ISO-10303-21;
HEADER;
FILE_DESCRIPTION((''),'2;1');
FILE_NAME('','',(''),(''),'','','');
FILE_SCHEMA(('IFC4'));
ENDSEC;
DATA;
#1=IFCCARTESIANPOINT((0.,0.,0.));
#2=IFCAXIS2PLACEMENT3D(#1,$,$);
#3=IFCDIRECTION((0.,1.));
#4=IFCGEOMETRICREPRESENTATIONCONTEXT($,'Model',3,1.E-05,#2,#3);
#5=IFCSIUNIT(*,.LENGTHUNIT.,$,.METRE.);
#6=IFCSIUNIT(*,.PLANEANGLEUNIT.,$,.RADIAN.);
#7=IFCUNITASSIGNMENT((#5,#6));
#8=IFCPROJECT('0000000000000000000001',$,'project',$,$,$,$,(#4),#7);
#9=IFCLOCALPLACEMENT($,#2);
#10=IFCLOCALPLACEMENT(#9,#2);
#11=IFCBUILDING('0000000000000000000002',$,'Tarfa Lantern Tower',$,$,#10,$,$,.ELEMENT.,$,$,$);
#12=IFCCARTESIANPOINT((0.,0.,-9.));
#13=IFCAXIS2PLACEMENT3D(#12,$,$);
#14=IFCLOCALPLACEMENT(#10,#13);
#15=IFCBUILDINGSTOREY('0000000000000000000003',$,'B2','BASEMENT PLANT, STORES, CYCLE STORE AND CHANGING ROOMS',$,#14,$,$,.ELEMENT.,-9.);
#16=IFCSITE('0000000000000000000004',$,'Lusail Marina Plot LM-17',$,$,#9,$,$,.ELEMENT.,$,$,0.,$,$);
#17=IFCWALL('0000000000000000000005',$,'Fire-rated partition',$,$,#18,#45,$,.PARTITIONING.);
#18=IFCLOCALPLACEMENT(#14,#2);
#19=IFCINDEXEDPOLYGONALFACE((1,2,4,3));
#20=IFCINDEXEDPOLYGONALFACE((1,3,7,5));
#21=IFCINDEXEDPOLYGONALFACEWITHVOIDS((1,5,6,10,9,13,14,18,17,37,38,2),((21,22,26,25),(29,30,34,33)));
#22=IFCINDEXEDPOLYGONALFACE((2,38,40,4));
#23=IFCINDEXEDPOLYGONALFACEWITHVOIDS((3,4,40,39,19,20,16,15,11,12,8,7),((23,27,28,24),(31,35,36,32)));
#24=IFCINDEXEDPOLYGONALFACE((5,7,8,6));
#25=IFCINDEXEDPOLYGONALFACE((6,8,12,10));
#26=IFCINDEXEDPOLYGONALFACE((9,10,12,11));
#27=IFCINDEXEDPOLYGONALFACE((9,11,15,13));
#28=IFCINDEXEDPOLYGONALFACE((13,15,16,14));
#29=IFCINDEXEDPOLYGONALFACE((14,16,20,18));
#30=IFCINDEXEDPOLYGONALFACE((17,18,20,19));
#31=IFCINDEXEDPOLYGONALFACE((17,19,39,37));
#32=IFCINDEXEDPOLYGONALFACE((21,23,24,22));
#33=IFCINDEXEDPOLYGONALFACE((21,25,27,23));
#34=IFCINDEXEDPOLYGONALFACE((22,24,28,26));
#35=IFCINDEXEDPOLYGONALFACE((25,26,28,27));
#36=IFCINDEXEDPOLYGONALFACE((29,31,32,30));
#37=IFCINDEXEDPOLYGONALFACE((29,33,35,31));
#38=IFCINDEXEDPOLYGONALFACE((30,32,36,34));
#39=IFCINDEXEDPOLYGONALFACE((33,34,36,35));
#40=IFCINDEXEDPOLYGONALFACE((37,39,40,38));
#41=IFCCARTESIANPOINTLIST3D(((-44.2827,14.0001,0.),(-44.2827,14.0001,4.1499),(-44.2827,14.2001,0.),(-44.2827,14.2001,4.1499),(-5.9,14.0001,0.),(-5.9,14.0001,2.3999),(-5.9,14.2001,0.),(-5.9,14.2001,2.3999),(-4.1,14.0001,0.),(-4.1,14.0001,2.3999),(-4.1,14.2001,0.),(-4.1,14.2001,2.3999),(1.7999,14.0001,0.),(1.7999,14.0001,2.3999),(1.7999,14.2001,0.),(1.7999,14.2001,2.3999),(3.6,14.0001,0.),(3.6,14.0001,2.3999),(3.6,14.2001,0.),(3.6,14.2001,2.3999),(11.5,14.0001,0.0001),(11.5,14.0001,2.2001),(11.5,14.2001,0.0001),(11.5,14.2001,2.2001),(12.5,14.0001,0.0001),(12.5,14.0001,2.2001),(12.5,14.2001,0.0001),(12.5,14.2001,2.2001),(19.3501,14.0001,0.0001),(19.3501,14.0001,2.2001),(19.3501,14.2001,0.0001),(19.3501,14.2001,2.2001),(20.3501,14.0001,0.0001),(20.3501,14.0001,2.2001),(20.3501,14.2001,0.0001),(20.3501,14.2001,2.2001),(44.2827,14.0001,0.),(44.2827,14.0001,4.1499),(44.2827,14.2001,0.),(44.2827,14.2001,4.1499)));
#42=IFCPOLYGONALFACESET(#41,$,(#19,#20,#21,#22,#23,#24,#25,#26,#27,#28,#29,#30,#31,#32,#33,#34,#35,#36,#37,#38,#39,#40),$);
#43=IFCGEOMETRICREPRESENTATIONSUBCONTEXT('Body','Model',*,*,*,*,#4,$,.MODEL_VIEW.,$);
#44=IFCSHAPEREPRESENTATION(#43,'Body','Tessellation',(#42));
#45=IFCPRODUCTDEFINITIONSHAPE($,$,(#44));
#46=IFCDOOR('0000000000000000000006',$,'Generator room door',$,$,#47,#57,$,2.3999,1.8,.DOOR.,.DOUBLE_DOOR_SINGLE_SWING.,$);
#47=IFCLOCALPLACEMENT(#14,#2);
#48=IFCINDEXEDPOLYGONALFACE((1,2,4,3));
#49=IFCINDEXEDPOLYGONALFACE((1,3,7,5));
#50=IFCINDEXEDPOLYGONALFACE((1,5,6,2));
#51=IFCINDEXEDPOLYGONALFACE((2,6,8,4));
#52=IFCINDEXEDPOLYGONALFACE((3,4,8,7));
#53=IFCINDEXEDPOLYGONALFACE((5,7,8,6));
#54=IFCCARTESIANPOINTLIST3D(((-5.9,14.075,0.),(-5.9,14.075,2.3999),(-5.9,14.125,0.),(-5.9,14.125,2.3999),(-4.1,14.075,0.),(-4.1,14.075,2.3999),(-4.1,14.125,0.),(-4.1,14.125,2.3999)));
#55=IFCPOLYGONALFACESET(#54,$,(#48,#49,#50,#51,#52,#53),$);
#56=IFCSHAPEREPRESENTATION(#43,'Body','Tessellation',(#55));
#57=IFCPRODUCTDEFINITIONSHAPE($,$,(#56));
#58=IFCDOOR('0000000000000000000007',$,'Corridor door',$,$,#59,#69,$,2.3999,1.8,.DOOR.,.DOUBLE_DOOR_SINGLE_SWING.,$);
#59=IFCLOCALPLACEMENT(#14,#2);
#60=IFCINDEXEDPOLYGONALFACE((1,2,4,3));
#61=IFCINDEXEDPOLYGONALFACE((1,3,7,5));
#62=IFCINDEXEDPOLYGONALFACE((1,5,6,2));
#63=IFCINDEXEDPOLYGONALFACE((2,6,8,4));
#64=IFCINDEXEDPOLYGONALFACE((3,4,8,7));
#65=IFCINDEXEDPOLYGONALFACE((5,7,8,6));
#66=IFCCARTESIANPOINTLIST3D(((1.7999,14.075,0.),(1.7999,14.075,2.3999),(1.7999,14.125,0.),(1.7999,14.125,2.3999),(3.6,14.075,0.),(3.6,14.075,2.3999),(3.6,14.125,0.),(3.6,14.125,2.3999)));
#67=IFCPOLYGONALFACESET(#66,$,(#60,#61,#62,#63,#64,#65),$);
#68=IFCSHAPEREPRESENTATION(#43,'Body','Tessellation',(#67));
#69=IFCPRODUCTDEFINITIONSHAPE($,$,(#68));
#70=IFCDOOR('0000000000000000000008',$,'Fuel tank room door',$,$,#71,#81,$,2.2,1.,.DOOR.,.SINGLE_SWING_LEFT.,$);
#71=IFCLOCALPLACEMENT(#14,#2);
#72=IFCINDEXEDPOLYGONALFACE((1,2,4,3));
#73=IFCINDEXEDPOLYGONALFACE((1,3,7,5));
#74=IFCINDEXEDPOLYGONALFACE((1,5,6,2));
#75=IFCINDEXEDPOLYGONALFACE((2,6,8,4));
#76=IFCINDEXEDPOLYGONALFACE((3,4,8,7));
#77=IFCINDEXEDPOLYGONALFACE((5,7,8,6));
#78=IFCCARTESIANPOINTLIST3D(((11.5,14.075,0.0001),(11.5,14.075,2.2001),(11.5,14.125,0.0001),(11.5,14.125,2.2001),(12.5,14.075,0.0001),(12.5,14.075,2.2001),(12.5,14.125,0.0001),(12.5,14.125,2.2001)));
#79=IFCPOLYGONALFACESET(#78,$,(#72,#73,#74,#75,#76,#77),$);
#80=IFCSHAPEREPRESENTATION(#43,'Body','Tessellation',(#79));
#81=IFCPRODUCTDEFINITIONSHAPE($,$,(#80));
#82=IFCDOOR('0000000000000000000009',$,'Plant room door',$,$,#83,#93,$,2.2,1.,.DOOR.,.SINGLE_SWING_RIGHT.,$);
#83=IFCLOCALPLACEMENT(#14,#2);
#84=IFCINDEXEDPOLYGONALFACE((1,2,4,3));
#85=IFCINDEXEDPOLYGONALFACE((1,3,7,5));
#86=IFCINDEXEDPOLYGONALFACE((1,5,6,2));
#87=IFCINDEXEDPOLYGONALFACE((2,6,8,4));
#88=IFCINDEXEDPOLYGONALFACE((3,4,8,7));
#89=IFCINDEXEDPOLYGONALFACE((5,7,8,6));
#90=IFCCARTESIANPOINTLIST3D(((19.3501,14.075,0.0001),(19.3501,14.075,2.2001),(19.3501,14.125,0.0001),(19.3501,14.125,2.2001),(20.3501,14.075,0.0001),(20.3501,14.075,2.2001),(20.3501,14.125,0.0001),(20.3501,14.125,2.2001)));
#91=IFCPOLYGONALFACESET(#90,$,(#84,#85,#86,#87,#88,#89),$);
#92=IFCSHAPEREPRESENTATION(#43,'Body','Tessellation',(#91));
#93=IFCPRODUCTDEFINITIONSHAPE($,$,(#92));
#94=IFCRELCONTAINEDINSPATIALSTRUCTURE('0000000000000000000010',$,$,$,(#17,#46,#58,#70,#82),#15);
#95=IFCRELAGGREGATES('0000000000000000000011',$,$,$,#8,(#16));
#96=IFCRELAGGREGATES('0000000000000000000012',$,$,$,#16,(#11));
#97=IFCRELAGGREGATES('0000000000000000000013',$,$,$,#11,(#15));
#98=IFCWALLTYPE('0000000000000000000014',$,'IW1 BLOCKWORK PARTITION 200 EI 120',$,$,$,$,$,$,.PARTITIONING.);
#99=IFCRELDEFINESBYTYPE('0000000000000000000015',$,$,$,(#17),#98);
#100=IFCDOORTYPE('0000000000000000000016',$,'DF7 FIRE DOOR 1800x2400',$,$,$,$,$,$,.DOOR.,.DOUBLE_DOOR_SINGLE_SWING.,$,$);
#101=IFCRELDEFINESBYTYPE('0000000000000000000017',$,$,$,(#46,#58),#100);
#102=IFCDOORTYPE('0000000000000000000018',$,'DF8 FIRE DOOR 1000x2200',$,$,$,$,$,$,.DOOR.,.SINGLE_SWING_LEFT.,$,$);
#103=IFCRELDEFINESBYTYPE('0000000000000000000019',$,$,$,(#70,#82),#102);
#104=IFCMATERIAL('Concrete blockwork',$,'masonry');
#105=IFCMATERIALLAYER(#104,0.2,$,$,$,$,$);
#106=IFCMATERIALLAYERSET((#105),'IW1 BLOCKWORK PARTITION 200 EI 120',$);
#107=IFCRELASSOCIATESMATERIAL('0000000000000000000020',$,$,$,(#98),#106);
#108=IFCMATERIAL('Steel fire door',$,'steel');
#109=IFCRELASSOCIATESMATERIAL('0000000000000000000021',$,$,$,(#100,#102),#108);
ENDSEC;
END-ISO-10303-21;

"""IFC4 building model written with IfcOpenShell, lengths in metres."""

from ifc_helpers import new_model, si_unit, direction, frame, frame_2d, origin, place, context, subcontext, project, spatial, rectangle, extrude, material, layer, layer_set, type_object, element, fill, save


model = new_model("IFC4")

# Units and contexts
model_context = context("Model", 3, precision=1e-05, world=origin(), true_north=direction((0.0, 1.0)))
body_context = subcontext(model_context, "Body", "Model", "MODEL_VIEW")
ifc_project = project(units=[si_unit("LENGTHUNIT", "METRE"), si_unit("PLANEANGLEUNIT", "RADIAN")], contexts=[model_context])

# Site, building, storey
site_placement = place(None, origin())
site = spatial("IfcSite", under=ifc_project, at=site_placement, Name="Lusail Marina Plot LM-17", CompositionType="ELEMENT", RefElevation=0.0)
building_placement = place(site_placement, origin())
building = spatial("IfcBuilding", under=site, at=building_placement, Name="Tarfa Lantern Tower", CompositionType="ELEMENT")
storey_placement = place(building_placement, frame((0.0, 0.0, -9.0)))
storey = spatial("IfcBuildingStorey", under=building, at=storey_placement, Name="B2", Description="BASEMENT PLANT, STORES, CYCLE STORE AND CHANGING ROOMS", CompositionType="ELEMENT", Elevation=-9.0)

# Wall, openings, doors
ifc_material_1 = material(Name="Concrete blockwork", Category="masonry")
ifc_layer = layer(ifc_material_1, 0.2)
ifc_layer_set = layer_set([ifc_layer], Name="IW1 BLOCKWORK PARTITION 200 EI 120")
wall_type = type_object("IfcWallType", Name="IW1 BLOCKWORK PARTITION 200 EI 120", PredefinedType="PARTITIONING", material=ifc_layer_set)
wall_placement = place(storey_placement, frame((-44.2827, 14.1001, 0.0), z_axis=(0.0, 0.0, 1.0), x_axis=(1.0, 0.0, 0.0)))
wall = element("IfcWall", 1, at=wall_placement, inside=storey, type_object=wall_type, Name="Fire-rated partition", PredefinedType="PARTITIONING", context=body_context, shape_type="SweptSolid", body=[
    extrude(rectangle(XDim=88.5654, YDim=0.2, at=frame_2d((44.2827, 0.0))), origin(), (0.0, 0.0, 1.0), 4.1499),
])
opening_1_placement = place(wall_placement, frame((38.3828, 0.0, 0.0)))
opening_1 = element("IfcOpeningElement", 2, at=opening_1_placement, cuts=wall, PredefinedType="OPENING", context=body_context, shape_type="SweptSolid", body=[
    extrude(rectangle(XDim=1.8, YDim=2.3999, at=frame_2d((0.8999, 1.2))), frame((0.0, 0.1099, 0.0), z_axis=(0.0, -1.0, 0.0), x_axis=(1.0, 0.0, 0.0)), (0.0, 0.0, 1.0), 0.22),
])
opening_2_placement = place(wall_placement, frame((55.7827, 0.0, 0.0)))
opening_2 = element("IfcOpeningElement", 3, at=opening_2_placement, cuts=wall, PredefinedType="OPENING", context=body_context, shape_type="SweptSolid", body=[
    extrude(rectangle(XDim=1.0, YDim=2.2, at=frame_2d((0.5, 1.1001))), frame((0.0, 0.1099, 0.0), z_axis=(0.0, -1.0, 0.0), x_axis=(1.0, 0.0, 0.0)), (0.0, 0.0, 1.0), 0.22),
])
opening_3_placement = place(wall_placement, frame((46.0828, 0.0, 0.0)))
opening_3 = element("IfcOpeningElement", 4, at=opening_3_placement, cuts=wall, PredefinedType="OPENING", context=body_context, shape_type="SweptSolid", body=[
    extrude(rectangle(XDim=1.8, YDim=2.3999, at=frame_2d((0.8999, 1.2))), frame((0.0, 0.1099, 0.0), z_axis=(0.0, -1.0, 0.0), x_axis=(1.0, 0.0, 0.0)), (0.0, 0.0, 1.0), 0.22),
])
opening_4_placement = place(wall_placement, frame((63.6328, 0.0, 0.0)))
opening_4 = element("IfcOpeningElement", 5, at=opening_4_placement, cuts=wall, PredefinedType="OPENING", context=body_context, shape_type="SweptSolid", body=[
    extrude(rectangle(XDim=1.0, YDim=2.2, at=frame_2d((0.5, 1.1001))), frame((0.0, 0.1099, 0.0), z_axis=(0.0, -1.0, 0.0), x_axis=(1.0, 0.0, 0.0)), (0.0, 0.0, 1.0), 0.22),
])
ifc_material_2 = material(Name="Steel fire door", Category="steel")
door_type_1 = type_object("IfcDoorType", Name="DF7 FIRE DOOR 1800x2400", OperationType="DOUBLE_DOOR_SINGLE_SWING", PredefinedType="DOOR", material=ifc_material_2)
door_1_placement = place(opening_1_placement, origin())
door_1 = element("IfcDoor", 6, at=door_1_placement, inside=storey, type_object=door_type_1, Name="Generator room door", OperationType="DOUBLE_DOOR_SINGLE_SWING", OverallHeight=2.3999, OverallWidth=1.8, PredefinedType="DOOR", context=body_context, shape_type="SweptSolid", body=[
    extrude(rectangle(XDim=1.8, YDim=2.3999, at=frame_2d((0.8999, 1.2))), frame((0.0, 0.0249, 0.0), z_axis=(0.0, -1.0, 0.0), x_axis=(1.0, 0.0, 0.0)), (0.0, 0.0, 1.0), 0.05),
])
fill(opening_1, door_1)
door_2_placement = place(opening_3_placement, origin())
door_2 = element("IfcDoor", 7, at=door_2_placement, inside=storey, type_object=door_type_1, Name="Corridor door", OperationType="DOUBLE_DOOR_SINGLE_SWING", OverallHeight=2.3999, OverallWidth=1.8, PredefinedType="DOOR", context=body_context, shape_type="SweptSolid", body=[
    extrude(rectangle(XDim=1.8, YDim=2.3999, at=frame_2d((0.8999, 1.2))), frame((0.0, 0.0249, 0.0), z_axis=(0.0, -1.0, 0.0), x_axis=(1.0, 0.0, 0.0)), (0.0, 0.0, 1.0), 0.05),
])
fill(opening_3, door_2)
door_type_2 = type_object("IfcDoorType", Name="DF8 FIRE DOOR 1000x2200", OperationType="SINGLE_SWING_LEFT", PredefinedType="DOOR", material=ifc_material_2)
door_3_placement = place(opening_2_placement, origin())
door_3 = element("IfcDoor", 8, at=door_3_placement, inside=storey, type_object=door_type_2, Name="Fuel tank room door", OperationType="SINGLE_SWING_LEFT", OverallHeight=2.2, OverallWidth=1.0, PredefinedType="DOOR", context=body_context, shape_type="SweptSolid", body=[
    extrude(rectangle(XDim=1.0, YDim=2.2, at=frame_2d((0.5, 1.1001))), frame((0.0, 0.0249, 0.0), z_axis=(0.0, -1.0, 0.0), x_axis=(1.0, 0.0, 0.0)), (0.0, 0.0, 1.0), 0.05),
])
fill(opening_2, door_3)
door_4_placement = place(opening_4_placement, origin())
door_4 = element("IfcDoor", 9, at=door_4_placement, inside=storey, type_object=door_type_2, Name="Plant room door", OperationType="SINGLE_SWING_RIGHT", OverallHeight=2.2, OverallWidth=1.0, PredefinedType="DOOR", context=body_context, shape_type="SweptSolid", body=[
    extrude(rectangle(XDim=1.0, YDim=2.2, at=frame_2d((0.5, 1.1001))), frame((0.0, 0.0249, 0.0), z_axis=(0.0, -1.0, 0.0), x_axis=(1.0, 0.0, 0.0)), (0.0, 0.0, 1.0), 0.05),
])
fill(opening_4, door_4)

save(model, "model.ifc")
